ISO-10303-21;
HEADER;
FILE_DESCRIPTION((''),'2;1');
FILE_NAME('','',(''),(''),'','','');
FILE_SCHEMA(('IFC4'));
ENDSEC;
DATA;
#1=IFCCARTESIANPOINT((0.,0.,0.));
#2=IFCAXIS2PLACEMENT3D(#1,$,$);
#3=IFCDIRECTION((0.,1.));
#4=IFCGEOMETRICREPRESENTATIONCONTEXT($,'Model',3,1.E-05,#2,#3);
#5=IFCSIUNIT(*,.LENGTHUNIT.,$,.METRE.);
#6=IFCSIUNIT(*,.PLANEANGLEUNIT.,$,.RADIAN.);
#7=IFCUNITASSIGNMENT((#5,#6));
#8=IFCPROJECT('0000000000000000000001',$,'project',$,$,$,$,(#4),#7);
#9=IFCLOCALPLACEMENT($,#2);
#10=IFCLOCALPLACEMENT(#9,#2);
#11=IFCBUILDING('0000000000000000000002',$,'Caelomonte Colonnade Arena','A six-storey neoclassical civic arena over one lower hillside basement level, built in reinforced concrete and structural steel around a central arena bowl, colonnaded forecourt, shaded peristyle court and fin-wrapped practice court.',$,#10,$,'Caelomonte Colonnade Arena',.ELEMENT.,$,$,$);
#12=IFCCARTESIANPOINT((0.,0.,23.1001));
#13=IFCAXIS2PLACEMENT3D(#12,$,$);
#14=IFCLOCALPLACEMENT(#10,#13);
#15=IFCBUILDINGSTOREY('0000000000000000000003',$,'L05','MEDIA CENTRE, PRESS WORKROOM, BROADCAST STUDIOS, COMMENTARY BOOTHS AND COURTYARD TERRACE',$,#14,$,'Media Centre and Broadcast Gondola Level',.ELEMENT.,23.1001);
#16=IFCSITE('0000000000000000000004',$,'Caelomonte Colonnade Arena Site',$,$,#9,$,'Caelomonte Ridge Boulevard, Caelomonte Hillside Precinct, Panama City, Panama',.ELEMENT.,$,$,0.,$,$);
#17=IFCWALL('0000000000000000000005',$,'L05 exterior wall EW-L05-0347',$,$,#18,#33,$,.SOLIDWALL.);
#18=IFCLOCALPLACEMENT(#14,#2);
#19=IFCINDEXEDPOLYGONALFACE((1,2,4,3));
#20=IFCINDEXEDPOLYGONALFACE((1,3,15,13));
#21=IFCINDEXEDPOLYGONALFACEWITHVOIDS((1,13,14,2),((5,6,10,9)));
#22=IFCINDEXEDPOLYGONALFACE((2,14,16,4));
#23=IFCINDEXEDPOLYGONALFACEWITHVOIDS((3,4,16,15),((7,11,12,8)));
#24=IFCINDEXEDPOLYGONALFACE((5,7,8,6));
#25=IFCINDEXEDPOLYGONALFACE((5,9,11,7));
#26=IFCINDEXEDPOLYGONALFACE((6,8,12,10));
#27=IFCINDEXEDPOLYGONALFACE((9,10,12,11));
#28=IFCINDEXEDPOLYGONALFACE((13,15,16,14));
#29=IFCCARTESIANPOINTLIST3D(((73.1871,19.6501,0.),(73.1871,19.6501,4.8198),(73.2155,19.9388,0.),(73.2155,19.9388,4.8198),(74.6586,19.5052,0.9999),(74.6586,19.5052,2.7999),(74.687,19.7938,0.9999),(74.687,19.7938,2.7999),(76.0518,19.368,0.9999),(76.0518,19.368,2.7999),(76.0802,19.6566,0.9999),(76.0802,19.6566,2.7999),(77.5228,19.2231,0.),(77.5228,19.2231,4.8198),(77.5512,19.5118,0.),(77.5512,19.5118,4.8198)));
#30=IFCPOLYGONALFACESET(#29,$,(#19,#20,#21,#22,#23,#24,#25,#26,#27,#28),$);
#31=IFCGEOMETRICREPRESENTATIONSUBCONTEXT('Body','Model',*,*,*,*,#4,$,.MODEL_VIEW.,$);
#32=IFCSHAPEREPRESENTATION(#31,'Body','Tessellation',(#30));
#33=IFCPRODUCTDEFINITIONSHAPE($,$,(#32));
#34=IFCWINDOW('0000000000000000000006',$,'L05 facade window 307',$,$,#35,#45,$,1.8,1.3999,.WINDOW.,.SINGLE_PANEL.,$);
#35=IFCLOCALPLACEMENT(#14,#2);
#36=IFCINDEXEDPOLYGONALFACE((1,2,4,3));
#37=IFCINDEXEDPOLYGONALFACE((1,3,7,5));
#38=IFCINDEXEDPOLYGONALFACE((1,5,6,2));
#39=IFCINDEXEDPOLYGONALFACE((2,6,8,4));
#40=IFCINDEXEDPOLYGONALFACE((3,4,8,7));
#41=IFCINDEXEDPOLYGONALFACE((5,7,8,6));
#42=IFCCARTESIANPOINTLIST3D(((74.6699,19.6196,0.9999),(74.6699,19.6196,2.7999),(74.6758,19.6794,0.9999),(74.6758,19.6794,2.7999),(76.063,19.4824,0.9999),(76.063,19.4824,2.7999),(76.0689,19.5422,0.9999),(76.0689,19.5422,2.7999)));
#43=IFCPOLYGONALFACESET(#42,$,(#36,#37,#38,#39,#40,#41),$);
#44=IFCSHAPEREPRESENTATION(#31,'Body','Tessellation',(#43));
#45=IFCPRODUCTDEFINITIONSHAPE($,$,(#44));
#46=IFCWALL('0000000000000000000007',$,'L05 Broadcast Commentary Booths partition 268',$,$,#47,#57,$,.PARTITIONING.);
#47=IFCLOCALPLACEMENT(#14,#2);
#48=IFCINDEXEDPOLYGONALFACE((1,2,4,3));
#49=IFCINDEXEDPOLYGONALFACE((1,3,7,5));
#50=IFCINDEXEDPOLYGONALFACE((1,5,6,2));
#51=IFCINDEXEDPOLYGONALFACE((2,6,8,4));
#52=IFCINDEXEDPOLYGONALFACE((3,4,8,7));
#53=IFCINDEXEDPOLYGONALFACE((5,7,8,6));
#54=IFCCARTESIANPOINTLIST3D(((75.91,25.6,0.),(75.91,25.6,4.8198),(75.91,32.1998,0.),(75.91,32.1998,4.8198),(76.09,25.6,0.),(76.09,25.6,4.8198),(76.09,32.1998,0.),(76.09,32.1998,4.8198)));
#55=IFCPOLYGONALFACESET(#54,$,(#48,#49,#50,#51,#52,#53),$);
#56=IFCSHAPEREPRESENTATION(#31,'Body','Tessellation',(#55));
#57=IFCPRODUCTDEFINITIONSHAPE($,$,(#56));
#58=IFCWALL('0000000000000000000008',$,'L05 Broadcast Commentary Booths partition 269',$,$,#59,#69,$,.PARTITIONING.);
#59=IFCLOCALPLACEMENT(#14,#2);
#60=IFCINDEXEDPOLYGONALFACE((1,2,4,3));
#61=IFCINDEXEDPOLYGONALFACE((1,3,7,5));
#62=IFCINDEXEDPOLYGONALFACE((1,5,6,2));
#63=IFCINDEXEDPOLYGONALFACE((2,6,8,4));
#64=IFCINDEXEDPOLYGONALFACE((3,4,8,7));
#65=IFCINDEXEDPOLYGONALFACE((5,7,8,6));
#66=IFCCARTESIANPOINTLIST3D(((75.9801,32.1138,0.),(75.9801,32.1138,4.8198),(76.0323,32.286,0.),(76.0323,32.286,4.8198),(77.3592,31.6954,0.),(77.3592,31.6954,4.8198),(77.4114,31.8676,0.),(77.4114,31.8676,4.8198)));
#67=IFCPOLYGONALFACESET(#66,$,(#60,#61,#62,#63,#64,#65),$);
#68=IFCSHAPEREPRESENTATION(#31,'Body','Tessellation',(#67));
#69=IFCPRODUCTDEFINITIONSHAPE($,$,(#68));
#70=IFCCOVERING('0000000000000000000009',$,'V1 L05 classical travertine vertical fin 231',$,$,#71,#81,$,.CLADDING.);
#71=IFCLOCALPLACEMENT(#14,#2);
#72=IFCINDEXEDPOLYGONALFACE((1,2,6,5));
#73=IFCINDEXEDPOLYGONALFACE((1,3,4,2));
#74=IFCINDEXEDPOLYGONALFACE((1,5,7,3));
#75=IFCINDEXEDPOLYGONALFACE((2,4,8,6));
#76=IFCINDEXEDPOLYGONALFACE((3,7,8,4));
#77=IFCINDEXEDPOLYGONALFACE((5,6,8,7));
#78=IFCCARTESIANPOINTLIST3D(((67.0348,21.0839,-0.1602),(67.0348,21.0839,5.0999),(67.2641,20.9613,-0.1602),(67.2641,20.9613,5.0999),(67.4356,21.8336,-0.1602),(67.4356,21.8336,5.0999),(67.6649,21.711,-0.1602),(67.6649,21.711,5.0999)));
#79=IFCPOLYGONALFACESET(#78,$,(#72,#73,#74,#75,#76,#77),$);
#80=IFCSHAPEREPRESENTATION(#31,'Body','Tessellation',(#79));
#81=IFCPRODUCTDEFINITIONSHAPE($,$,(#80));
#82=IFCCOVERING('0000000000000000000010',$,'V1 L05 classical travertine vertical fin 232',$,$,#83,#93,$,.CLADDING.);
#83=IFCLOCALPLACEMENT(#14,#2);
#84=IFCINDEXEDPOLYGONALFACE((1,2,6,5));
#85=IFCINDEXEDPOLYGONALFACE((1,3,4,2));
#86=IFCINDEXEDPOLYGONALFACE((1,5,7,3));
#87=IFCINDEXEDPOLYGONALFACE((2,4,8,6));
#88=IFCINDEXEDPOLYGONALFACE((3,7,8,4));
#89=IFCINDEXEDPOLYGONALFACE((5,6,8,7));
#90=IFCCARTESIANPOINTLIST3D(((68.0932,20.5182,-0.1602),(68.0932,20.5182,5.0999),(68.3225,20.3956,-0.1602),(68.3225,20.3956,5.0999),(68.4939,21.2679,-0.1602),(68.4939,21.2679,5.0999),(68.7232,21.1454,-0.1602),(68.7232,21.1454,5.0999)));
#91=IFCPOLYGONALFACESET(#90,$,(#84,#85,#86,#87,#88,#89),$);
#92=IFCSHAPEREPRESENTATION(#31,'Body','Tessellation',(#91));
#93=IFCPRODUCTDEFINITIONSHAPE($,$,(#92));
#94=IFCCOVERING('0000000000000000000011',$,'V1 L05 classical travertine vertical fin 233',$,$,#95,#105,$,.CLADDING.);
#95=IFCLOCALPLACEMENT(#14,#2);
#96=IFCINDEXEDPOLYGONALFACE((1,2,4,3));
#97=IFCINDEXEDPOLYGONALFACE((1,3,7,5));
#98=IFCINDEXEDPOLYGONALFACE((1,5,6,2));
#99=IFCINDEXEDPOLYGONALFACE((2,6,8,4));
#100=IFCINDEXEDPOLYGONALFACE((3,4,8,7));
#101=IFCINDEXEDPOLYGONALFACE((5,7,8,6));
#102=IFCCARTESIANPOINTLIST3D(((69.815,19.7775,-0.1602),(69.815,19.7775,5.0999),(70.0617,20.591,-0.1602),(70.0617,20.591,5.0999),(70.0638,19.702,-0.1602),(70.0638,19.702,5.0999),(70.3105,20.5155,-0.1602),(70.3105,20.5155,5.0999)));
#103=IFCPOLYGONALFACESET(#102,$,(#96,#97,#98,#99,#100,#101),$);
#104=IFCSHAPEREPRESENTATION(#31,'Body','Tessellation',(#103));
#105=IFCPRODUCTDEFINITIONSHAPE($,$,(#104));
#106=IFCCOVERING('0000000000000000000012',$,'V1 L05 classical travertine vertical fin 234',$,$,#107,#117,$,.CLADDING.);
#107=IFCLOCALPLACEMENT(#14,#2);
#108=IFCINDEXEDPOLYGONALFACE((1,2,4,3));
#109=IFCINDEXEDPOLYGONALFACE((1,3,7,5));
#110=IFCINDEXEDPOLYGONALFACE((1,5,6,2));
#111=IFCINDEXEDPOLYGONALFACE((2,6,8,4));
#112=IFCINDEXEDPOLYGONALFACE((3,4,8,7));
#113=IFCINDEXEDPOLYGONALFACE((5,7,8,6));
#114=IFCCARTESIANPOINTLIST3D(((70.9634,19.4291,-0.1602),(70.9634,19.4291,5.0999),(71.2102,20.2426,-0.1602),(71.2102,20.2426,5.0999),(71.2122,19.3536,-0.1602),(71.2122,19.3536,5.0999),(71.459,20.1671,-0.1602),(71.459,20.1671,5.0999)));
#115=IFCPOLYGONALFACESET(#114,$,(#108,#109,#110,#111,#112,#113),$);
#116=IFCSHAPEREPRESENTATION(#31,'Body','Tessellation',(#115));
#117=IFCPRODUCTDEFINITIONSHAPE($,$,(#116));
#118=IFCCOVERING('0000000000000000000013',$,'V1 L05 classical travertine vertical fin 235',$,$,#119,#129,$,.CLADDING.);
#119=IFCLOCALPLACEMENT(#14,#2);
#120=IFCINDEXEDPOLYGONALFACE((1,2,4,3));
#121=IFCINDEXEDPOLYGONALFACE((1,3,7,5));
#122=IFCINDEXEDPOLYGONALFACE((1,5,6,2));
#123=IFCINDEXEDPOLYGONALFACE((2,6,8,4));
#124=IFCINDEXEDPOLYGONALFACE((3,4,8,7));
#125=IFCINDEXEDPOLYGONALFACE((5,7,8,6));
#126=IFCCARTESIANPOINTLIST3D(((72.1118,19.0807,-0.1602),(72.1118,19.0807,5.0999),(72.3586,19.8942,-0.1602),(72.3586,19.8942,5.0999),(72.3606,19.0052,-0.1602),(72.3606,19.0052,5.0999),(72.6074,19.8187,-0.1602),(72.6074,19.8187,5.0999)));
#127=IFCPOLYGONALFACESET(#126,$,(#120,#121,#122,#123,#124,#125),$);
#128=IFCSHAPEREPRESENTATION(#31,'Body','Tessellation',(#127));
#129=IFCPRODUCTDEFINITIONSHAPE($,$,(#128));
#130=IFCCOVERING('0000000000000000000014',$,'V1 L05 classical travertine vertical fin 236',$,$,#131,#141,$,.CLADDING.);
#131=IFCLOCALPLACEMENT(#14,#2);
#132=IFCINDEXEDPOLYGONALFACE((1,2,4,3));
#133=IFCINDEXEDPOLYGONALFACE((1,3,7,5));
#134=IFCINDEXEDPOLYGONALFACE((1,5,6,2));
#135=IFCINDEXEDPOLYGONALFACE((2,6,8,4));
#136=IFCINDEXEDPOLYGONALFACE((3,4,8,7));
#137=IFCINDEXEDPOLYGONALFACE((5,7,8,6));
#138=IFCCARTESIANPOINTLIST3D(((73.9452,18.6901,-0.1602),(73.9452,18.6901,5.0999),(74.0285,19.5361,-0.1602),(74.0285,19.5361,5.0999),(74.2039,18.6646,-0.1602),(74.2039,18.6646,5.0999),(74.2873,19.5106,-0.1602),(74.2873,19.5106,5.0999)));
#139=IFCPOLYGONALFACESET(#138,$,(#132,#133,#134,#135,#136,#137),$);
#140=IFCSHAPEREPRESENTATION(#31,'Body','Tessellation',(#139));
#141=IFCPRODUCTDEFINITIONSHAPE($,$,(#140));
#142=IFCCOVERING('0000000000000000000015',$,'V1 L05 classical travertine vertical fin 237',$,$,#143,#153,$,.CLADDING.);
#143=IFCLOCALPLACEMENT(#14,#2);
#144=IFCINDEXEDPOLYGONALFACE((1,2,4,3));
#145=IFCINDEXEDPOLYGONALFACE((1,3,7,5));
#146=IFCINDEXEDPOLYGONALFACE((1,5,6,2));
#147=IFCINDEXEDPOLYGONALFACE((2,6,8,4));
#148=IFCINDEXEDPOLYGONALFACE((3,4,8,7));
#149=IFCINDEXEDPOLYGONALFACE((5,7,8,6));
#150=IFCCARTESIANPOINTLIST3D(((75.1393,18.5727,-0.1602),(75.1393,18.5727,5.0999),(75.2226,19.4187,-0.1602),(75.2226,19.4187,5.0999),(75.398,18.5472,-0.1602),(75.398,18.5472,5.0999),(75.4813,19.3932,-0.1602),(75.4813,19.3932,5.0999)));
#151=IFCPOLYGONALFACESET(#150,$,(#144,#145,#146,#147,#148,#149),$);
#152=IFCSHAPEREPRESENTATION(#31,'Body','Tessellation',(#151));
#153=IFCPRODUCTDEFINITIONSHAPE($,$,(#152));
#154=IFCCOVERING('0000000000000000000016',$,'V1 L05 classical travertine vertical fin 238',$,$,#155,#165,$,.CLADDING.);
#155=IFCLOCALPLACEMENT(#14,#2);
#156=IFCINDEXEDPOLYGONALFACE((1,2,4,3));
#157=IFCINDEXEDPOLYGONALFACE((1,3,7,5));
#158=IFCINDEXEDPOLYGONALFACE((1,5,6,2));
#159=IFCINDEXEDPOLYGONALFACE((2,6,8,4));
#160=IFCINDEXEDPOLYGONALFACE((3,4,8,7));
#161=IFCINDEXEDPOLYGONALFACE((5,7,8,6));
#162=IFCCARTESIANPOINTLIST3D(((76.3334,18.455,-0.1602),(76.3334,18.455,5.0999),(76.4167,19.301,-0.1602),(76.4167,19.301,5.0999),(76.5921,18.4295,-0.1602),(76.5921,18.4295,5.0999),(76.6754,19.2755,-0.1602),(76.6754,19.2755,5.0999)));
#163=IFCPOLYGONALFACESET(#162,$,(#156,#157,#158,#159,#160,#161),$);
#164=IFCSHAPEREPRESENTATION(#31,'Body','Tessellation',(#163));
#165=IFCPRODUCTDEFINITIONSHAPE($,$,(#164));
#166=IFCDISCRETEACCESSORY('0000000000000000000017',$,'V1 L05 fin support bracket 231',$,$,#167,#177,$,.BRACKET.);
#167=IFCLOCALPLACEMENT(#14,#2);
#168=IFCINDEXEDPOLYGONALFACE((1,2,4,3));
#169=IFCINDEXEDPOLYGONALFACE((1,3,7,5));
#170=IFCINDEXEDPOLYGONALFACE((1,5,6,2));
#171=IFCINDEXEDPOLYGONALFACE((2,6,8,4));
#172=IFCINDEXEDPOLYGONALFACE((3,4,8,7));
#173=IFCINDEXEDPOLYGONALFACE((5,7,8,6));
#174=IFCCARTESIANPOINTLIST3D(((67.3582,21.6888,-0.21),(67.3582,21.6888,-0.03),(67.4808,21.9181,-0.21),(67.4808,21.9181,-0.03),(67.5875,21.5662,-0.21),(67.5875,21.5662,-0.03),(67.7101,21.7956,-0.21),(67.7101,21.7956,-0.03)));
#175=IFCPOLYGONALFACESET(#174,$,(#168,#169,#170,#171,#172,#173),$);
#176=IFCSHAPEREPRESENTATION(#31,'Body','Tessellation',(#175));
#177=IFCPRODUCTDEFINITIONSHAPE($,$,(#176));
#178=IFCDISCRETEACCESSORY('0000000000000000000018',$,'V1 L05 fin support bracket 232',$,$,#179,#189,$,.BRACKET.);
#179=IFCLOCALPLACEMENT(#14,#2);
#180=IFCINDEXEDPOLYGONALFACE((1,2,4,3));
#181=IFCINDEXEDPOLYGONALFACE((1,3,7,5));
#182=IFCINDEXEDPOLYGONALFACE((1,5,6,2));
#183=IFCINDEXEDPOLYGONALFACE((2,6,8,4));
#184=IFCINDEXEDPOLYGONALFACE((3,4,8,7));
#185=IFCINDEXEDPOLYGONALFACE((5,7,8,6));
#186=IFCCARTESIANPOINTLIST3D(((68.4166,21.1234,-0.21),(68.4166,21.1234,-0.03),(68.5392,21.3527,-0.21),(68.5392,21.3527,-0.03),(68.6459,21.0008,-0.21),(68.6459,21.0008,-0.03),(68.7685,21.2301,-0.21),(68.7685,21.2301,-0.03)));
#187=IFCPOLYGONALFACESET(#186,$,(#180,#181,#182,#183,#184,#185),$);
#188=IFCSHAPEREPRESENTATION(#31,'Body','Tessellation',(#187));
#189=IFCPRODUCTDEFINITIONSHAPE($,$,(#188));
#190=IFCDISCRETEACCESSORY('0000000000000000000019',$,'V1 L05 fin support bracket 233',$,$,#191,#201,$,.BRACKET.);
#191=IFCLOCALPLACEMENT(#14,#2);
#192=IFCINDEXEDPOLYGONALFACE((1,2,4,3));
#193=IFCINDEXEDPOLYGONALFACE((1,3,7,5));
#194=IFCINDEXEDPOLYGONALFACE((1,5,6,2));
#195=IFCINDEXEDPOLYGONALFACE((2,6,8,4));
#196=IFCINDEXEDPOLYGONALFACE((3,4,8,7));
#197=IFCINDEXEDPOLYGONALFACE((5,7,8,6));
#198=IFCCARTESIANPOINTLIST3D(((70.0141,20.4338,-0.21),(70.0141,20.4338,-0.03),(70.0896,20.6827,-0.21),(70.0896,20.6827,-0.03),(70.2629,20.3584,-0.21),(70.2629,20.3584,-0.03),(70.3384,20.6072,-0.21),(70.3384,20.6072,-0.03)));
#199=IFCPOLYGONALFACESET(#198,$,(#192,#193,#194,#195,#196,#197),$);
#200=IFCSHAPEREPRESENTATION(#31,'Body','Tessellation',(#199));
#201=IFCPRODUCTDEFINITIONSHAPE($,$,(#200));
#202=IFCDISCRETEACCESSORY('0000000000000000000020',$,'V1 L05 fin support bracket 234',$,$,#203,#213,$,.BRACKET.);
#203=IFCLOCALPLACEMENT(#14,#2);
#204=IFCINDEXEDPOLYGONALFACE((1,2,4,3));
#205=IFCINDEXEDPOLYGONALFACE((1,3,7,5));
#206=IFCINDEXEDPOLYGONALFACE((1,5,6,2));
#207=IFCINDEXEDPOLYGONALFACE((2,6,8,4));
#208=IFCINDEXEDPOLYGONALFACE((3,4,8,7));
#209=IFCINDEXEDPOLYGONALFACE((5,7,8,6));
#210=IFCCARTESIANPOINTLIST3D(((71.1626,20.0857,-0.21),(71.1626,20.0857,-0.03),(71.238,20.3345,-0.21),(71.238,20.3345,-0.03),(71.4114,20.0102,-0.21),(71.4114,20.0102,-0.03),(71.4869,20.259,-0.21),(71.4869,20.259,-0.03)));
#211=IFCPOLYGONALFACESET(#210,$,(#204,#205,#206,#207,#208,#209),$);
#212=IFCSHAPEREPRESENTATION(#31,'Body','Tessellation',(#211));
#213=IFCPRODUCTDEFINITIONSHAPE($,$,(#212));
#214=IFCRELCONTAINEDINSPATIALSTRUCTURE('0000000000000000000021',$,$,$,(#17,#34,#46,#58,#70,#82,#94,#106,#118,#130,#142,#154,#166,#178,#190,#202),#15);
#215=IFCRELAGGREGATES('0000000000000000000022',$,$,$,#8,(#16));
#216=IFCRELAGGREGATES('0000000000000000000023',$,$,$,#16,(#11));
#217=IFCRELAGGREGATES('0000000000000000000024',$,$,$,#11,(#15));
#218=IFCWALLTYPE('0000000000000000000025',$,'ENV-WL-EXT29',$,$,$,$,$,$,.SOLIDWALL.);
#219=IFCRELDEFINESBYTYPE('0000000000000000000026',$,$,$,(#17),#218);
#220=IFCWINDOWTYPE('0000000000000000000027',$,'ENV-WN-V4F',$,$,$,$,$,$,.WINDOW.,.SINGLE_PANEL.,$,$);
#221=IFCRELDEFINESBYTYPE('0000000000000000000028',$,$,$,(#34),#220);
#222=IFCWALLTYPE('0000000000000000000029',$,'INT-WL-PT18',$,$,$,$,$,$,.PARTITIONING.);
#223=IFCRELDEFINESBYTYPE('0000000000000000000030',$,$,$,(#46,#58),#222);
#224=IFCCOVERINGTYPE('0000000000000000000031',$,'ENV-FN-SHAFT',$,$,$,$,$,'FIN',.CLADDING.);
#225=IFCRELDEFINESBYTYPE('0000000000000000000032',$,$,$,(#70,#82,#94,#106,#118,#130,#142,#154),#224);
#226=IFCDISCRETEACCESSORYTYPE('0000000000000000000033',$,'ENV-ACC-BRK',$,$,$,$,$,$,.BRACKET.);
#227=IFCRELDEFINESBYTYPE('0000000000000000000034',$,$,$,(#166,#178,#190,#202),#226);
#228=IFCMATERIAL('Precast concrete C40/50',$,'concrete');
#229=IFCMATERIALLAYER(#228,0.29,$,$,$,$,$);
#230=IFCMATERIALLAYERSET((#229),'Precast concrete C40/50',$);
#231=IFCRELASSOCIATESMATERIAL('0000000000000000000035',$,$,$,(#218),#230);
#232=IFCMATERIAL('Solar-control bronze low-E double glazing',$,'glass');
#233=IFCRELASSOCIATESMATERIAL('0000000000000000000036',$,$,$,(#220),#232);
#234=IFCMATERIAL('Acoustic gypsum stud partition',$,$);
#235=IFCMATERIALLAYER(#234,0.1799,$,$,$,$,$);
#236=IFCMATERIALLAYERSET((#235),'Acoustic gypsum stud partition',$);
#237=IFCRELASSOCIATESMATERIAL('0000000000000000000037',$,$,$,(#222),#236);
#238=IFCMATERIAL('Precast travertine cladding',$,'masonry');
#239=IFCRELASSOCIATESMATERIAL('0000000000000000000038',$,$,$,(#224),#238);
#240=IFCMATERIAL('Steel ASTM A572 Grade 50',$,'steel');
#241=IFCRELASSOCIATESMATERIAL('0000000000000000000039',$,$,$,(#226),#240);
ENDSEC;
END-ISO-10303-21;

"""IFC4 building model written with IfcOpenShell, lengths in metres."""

from ifc_helpers import new_model, si_unit, direction, frame, frame_2d, origin, origin_2d, place, context, subcontext, project, spatial, rectangle, extrude, material, layer, layer_set, material_profile, profile_set, type_object, element, fill, save


model = new_model("IFC4")

# Units and contexts
model_context = context("Model", 3, precision=1e-05, world=origin(), true_north=direction((0.0, 1.0)))
body_context = subcontext(model_context, "Body", "Model", "MODEL_VIEW")
ifc_project = project(units=[si_unit("LENGTHUNIT", "METRE"), si_unit("PLANEANGLEUNIT", "RADIAN")], contexts=[model_context])

# Site, building, storey
site_placement = place(None, origin())
site = spatial("IfcSite", under=ifc_project, at=site_placement, Name="Caelomonte Colonnade Arena Site", LongName="Caelomonte Ridge Boulevard, Caelomonte Hillside Precinct, Panama City, Panama", CompositionType="ELEMENT", RefElevation=0.0)
building_placement = place(site_placement, origin())
building = spatial("IfcBuilding", under=site, at=building_placement, Name="Caelomonte Colonnade Arena", Description="A six-storey neoclassical civic arena over one lower hillside basement level, built in reinforced concrete and structural steel around a central arena bowl, colonnaded forecourt, shaded peristyle court and fin-wrapped practice court.", LongName="Caelomonte Colonnade Arena", CompositionType="ELEMENT")
storey_placement = place(building_placement, frame((0.0, 0.0, 23.1001)))
storey = spatial("IfcBuildingStorey", under=building, at=storey_placement, Name="L05", Description="MEDIA CENTRE, PRESS WORKROOM, BROADCAST STUDIOS, COMMENTARY BOOTHS AND COURTYARD TERRACE", LongName="Media Centre and Broadcast Gondola Level", CompositionType="ELEMENT", Elevation=23.1001)

# Wall, opening, window
ifc_material_1 = material(Name="Precast concrete C40/50", Category="concrete")
ifc_layer_1 = layer(ifc_material_1, 0.29)
ifc_layer_set_1 = layer_set([ifc_layer_1], Name="Precast concrete C40/50")
wall_type_1 = type_object("IfcWallType", Name="ENV-WL-EXT29", PredefinedType="SOLIDWALL", material=ifc_layer_set_1)
ifc_material_2 = material(Name="Solar-control bronze low-E double glazing", Category="glass")
window_type = type_object("IfcWindowType", Name="ENV-WN-V4F", PartitioningType="SINGLE_PANEL", PredefinedType="WINDOW", material=ifc_material_2)
wall_1_placement = place(storey_placement, frame((73.2014, 19.7944, 0.0), z_axis=(0.0, 0.0, 1.0), x_axis=(0.995185, -0.098011, 0.0)))
wall_1 = element("IfcWall", 1, at=wall_1_placement, inside=storey, type_object=wall_type_1, Name="L05 exterior wall EW-L05-0347", PredefinedType="SOLIDWALL", context=body_context, shape_type="SweptSolid", body=[
    extrude(rectangle(XDim=4.3567, YDim=0.29, at=frame_2d((2.1782, 0.0))), origin(), (0.0, 0.0, 1.0), 4.8198),
])
opening_1_placement = place(wall_1_placement, frame((2.8784, 0.0, 1.0), z_axis=(0.0, 0.0, 1.0), x_axis=(-1.0, 0.0, 0.0)))
opening_1 = element("IfcOpeningElement", 2, at=opening_1_placement, cuts=wall_1, PredefinedType="OPENING", context=body_context, shape_type="SweptSolid", body=[
    extrude(rectangle(XDim=1.3999, YDim=1.8, at=frame_2d((0.7, 0.8999))), frame((0.0, 0.155, 0.0), z_axis=(0.0, -1.0, 0.0), x_axis=(1.0, 0.0, 0.0)), (0.0, 0.0, 1.0), 0.3101),
])
window_1_placement = place(opening_1_placement, origin())
window_1 = element("IfcWindow", 3, at=window_1_placement, inside=storey, type_object=window_type, Name="L05 facade window 307", OverallHeight=1.8, OverallWidth=1.3999, PartitioningType="SINGLE_PANEL", PredefinedType="WINDOW", context=body_context, shape_type="SweptSolid", body=[
    extrude(rectangle(XDim=1.3999, YDim=1.8, at=frame_2d((0.7, 0.8999))), frame((0.0, 0.03, 0.0), z_axis=(0.0, -1.0, 0.0), x_axis=(1.0, 0.0, 0.0)), (0.0, 0.0, 1.0), 0.0601),
])
fill(opening_1, window_1)

# Walls
ifc_material_3 = material(Name="Acoustic gypsum stud partition")
ifc_layer_2 = layer(ifc_material_3, 0.1799)
ifc_layer_set_2 = layer_set([ifc_layer_2], Name="Acoustic gypsum stud partition")
wall_type_2 = type_object("IfcWallType", Name="INT-WL-PT18", PredefinedType="PARTITIONING", material=ifc_layer_set_2)
wall_2_placement = place(storey_placement, frame((76.0, 25.6001, 0.0), z_axis=(0.0, 0.0, 1.0), x_axis=(0.0, 1.0, 0.0)))
element("IfcWall", 4, at=wall_2_placement, inside=storey, type_object=wall_type_2, Name="L05 Broadcast Commentary Booths partition 268", PredefinedType="PARTITIONING", context=body_context, shape_type="SweptSolid", body=[
    extrude(rectangle(XDim=6.5999, YDim=0.1799, at=frame_2d((3.2998, 0.0))), origin(), (0.0, 0.0, 1.0), 4.8198),
])
wall_3_placement = place(storey_placement, frame((76.0061, 32.2, 0.0), z_axis=(0.0, 0.0, 1.0), x_axis=(0.956922, -0.290346, 0.0)))
element("IfcWall", 5, at=wall_3_placement, inside=storey, type_object=wall_type_2, Name="L05 Broadcast Commentary Booths partition 269", PredefinedType="PARTITIONING", context=body_context, shape_type="SweptSolid", body=[
    extrude(rectangle(XDim=1.4412, YDim=0.1799, at=frame_2d((0.7207, 0.0))), origin(), (0.0, 0.0, 1.0), 4.8198),
])

# Coverings
ifc_material_4 = material(Name="Precast travertine cladding", Category="masonry")
ifc_material_profile_1 = material_profile(ifc_material_4, rectangle(XDim=0.26, YDim=0.8501, at=origin_2d()), Name="FIN260X850")
ifc_profile_set_1 = profile_set([ifc_material_profile_1], Name="Precast travertine cladding")
covering_type = type_object("IfcCoveringType", Name="ENV-FN-SHAFT", ElementType="FIN", PredefinedType="CLADDING", material=ifc_profile_set_1)
for number, where, z_axis, x_axis, name in (
    (6, (67.3499, 21.3975, -0.1602), (0.0, 0.0, 1.0), (-0.881921, 0.471397, 0.0), "V1 L05 classical travertine vertical fin 231"),
    (7, (68.4082, 20.8318, -0.1602), (0.0, 0.0, 1.0), (-0.881921, 0.471397, 0.0), "V1 L05 classical travertine vertical fin 232"),
    (8, (70.0627, 20.1465, -0.1602), (0.0, 0.0, 1.0), (-0.956943, 0.290276, 0.0), "V1 L05 classical travertine vertical fin 233"),
    (9, (71.2112, 19.7981, -0.1602), (0.0, 0.0, 1.0), (-0.956943, 0.290276, 0.0), "V1 L05 classical travertine vertical fin 234"),
    (10, (72.3596, 19.4497, -0.1602), (0.0, 0.0, 1.0), (-0.956943, 0.290276, 0.0), "V1 L05 classical travertine vertical fin 235"),
    (11, (74.1162, 19.1003, -0.1602), (0.0, 0.0, 1.0), (-0.995185, 0.098015, 0.0), "V1 L05 classical travertine vertical fin 236"),
    (12, (75.3103, 18.9829, -0.1602), (0.0, 0.0, 1.0), (-0.995185, 0.098015, 0.0), "V1 L05 classical travertine vertical fin 237"),
    (13, (76.5044, 18.8652, -0.1602), (0.0, 0.0, 1.0), (-0.995185, 0.098015, 0.0), "V1 L05 classical travertine vertical fin 238"),
):
    element("IfcCovering", number, at=place(storey_placement, frame(where, z_axis=z_axis, x_axis=x_axis)), inside=storey, type_object=covering_type, Name=name, PredefinedType="CLADDING", context=body_context, shape_type="SweptSolid", body=[
        extrude(rectangle(XDim=0.26, YDim=0.8501, at=origin_2d()), origin(), (0.0, 0.0, 1.0), 5.26),
    ])

# Discrete accessories
ifc_material_5 = material(Name="Steel ASTM A572 Grade 50", Category="steel")
discrete_accessory_type = type_object("IfcDiscreteAccessoryType", Name="ENV-ACC-BRK", PredefinedType="BRACKET", material=ifc_material_5)
for number, where, z_axis, x_axis, name in (
    (14, (67.5342, 21.7422, -0.21), (0.0, 0.0, 1.0), (0.881921, -0.471397, 0.0), "V1 L05 fin support bracket 231"),
    (15, (68.5925, 21.1768, -0.21), (0.0, 0.0, 1.0), (0.881921, -0.471397, 0.0), "V1 L05 fin support bracket 232"),
    (16, (70.1763, 20.5205, -0.21), (0.0, 0.0, 1.0), (0.956943, -0.290276, 0.0), "V1 L05 fin support bracket 233"),
    (17, (71.3247, 20.1724, -0.21), (0.0, 0.0, 1.0), (0.956943, -0.290276, 0.0), "V1 L05 fin support bracket 234"),
):
    element("IfcDiscreteAccessory", number, at=place(storey_placement, frame(where, z_axis=z_axis, x_axis=x_axis)), inside=storey, type_object=discrete_accessory_type, Name=name, PredefinedType="BRACKET", context=body_context, shape_type="SweptSolid", body=[
        extrude(rectangle(XDim=0.26, YDim=0.26, at=origin_2d()), origin(), (0.0, 0.0, 1.0), 0.1799),
    ])

save(model, "model.ifc")
